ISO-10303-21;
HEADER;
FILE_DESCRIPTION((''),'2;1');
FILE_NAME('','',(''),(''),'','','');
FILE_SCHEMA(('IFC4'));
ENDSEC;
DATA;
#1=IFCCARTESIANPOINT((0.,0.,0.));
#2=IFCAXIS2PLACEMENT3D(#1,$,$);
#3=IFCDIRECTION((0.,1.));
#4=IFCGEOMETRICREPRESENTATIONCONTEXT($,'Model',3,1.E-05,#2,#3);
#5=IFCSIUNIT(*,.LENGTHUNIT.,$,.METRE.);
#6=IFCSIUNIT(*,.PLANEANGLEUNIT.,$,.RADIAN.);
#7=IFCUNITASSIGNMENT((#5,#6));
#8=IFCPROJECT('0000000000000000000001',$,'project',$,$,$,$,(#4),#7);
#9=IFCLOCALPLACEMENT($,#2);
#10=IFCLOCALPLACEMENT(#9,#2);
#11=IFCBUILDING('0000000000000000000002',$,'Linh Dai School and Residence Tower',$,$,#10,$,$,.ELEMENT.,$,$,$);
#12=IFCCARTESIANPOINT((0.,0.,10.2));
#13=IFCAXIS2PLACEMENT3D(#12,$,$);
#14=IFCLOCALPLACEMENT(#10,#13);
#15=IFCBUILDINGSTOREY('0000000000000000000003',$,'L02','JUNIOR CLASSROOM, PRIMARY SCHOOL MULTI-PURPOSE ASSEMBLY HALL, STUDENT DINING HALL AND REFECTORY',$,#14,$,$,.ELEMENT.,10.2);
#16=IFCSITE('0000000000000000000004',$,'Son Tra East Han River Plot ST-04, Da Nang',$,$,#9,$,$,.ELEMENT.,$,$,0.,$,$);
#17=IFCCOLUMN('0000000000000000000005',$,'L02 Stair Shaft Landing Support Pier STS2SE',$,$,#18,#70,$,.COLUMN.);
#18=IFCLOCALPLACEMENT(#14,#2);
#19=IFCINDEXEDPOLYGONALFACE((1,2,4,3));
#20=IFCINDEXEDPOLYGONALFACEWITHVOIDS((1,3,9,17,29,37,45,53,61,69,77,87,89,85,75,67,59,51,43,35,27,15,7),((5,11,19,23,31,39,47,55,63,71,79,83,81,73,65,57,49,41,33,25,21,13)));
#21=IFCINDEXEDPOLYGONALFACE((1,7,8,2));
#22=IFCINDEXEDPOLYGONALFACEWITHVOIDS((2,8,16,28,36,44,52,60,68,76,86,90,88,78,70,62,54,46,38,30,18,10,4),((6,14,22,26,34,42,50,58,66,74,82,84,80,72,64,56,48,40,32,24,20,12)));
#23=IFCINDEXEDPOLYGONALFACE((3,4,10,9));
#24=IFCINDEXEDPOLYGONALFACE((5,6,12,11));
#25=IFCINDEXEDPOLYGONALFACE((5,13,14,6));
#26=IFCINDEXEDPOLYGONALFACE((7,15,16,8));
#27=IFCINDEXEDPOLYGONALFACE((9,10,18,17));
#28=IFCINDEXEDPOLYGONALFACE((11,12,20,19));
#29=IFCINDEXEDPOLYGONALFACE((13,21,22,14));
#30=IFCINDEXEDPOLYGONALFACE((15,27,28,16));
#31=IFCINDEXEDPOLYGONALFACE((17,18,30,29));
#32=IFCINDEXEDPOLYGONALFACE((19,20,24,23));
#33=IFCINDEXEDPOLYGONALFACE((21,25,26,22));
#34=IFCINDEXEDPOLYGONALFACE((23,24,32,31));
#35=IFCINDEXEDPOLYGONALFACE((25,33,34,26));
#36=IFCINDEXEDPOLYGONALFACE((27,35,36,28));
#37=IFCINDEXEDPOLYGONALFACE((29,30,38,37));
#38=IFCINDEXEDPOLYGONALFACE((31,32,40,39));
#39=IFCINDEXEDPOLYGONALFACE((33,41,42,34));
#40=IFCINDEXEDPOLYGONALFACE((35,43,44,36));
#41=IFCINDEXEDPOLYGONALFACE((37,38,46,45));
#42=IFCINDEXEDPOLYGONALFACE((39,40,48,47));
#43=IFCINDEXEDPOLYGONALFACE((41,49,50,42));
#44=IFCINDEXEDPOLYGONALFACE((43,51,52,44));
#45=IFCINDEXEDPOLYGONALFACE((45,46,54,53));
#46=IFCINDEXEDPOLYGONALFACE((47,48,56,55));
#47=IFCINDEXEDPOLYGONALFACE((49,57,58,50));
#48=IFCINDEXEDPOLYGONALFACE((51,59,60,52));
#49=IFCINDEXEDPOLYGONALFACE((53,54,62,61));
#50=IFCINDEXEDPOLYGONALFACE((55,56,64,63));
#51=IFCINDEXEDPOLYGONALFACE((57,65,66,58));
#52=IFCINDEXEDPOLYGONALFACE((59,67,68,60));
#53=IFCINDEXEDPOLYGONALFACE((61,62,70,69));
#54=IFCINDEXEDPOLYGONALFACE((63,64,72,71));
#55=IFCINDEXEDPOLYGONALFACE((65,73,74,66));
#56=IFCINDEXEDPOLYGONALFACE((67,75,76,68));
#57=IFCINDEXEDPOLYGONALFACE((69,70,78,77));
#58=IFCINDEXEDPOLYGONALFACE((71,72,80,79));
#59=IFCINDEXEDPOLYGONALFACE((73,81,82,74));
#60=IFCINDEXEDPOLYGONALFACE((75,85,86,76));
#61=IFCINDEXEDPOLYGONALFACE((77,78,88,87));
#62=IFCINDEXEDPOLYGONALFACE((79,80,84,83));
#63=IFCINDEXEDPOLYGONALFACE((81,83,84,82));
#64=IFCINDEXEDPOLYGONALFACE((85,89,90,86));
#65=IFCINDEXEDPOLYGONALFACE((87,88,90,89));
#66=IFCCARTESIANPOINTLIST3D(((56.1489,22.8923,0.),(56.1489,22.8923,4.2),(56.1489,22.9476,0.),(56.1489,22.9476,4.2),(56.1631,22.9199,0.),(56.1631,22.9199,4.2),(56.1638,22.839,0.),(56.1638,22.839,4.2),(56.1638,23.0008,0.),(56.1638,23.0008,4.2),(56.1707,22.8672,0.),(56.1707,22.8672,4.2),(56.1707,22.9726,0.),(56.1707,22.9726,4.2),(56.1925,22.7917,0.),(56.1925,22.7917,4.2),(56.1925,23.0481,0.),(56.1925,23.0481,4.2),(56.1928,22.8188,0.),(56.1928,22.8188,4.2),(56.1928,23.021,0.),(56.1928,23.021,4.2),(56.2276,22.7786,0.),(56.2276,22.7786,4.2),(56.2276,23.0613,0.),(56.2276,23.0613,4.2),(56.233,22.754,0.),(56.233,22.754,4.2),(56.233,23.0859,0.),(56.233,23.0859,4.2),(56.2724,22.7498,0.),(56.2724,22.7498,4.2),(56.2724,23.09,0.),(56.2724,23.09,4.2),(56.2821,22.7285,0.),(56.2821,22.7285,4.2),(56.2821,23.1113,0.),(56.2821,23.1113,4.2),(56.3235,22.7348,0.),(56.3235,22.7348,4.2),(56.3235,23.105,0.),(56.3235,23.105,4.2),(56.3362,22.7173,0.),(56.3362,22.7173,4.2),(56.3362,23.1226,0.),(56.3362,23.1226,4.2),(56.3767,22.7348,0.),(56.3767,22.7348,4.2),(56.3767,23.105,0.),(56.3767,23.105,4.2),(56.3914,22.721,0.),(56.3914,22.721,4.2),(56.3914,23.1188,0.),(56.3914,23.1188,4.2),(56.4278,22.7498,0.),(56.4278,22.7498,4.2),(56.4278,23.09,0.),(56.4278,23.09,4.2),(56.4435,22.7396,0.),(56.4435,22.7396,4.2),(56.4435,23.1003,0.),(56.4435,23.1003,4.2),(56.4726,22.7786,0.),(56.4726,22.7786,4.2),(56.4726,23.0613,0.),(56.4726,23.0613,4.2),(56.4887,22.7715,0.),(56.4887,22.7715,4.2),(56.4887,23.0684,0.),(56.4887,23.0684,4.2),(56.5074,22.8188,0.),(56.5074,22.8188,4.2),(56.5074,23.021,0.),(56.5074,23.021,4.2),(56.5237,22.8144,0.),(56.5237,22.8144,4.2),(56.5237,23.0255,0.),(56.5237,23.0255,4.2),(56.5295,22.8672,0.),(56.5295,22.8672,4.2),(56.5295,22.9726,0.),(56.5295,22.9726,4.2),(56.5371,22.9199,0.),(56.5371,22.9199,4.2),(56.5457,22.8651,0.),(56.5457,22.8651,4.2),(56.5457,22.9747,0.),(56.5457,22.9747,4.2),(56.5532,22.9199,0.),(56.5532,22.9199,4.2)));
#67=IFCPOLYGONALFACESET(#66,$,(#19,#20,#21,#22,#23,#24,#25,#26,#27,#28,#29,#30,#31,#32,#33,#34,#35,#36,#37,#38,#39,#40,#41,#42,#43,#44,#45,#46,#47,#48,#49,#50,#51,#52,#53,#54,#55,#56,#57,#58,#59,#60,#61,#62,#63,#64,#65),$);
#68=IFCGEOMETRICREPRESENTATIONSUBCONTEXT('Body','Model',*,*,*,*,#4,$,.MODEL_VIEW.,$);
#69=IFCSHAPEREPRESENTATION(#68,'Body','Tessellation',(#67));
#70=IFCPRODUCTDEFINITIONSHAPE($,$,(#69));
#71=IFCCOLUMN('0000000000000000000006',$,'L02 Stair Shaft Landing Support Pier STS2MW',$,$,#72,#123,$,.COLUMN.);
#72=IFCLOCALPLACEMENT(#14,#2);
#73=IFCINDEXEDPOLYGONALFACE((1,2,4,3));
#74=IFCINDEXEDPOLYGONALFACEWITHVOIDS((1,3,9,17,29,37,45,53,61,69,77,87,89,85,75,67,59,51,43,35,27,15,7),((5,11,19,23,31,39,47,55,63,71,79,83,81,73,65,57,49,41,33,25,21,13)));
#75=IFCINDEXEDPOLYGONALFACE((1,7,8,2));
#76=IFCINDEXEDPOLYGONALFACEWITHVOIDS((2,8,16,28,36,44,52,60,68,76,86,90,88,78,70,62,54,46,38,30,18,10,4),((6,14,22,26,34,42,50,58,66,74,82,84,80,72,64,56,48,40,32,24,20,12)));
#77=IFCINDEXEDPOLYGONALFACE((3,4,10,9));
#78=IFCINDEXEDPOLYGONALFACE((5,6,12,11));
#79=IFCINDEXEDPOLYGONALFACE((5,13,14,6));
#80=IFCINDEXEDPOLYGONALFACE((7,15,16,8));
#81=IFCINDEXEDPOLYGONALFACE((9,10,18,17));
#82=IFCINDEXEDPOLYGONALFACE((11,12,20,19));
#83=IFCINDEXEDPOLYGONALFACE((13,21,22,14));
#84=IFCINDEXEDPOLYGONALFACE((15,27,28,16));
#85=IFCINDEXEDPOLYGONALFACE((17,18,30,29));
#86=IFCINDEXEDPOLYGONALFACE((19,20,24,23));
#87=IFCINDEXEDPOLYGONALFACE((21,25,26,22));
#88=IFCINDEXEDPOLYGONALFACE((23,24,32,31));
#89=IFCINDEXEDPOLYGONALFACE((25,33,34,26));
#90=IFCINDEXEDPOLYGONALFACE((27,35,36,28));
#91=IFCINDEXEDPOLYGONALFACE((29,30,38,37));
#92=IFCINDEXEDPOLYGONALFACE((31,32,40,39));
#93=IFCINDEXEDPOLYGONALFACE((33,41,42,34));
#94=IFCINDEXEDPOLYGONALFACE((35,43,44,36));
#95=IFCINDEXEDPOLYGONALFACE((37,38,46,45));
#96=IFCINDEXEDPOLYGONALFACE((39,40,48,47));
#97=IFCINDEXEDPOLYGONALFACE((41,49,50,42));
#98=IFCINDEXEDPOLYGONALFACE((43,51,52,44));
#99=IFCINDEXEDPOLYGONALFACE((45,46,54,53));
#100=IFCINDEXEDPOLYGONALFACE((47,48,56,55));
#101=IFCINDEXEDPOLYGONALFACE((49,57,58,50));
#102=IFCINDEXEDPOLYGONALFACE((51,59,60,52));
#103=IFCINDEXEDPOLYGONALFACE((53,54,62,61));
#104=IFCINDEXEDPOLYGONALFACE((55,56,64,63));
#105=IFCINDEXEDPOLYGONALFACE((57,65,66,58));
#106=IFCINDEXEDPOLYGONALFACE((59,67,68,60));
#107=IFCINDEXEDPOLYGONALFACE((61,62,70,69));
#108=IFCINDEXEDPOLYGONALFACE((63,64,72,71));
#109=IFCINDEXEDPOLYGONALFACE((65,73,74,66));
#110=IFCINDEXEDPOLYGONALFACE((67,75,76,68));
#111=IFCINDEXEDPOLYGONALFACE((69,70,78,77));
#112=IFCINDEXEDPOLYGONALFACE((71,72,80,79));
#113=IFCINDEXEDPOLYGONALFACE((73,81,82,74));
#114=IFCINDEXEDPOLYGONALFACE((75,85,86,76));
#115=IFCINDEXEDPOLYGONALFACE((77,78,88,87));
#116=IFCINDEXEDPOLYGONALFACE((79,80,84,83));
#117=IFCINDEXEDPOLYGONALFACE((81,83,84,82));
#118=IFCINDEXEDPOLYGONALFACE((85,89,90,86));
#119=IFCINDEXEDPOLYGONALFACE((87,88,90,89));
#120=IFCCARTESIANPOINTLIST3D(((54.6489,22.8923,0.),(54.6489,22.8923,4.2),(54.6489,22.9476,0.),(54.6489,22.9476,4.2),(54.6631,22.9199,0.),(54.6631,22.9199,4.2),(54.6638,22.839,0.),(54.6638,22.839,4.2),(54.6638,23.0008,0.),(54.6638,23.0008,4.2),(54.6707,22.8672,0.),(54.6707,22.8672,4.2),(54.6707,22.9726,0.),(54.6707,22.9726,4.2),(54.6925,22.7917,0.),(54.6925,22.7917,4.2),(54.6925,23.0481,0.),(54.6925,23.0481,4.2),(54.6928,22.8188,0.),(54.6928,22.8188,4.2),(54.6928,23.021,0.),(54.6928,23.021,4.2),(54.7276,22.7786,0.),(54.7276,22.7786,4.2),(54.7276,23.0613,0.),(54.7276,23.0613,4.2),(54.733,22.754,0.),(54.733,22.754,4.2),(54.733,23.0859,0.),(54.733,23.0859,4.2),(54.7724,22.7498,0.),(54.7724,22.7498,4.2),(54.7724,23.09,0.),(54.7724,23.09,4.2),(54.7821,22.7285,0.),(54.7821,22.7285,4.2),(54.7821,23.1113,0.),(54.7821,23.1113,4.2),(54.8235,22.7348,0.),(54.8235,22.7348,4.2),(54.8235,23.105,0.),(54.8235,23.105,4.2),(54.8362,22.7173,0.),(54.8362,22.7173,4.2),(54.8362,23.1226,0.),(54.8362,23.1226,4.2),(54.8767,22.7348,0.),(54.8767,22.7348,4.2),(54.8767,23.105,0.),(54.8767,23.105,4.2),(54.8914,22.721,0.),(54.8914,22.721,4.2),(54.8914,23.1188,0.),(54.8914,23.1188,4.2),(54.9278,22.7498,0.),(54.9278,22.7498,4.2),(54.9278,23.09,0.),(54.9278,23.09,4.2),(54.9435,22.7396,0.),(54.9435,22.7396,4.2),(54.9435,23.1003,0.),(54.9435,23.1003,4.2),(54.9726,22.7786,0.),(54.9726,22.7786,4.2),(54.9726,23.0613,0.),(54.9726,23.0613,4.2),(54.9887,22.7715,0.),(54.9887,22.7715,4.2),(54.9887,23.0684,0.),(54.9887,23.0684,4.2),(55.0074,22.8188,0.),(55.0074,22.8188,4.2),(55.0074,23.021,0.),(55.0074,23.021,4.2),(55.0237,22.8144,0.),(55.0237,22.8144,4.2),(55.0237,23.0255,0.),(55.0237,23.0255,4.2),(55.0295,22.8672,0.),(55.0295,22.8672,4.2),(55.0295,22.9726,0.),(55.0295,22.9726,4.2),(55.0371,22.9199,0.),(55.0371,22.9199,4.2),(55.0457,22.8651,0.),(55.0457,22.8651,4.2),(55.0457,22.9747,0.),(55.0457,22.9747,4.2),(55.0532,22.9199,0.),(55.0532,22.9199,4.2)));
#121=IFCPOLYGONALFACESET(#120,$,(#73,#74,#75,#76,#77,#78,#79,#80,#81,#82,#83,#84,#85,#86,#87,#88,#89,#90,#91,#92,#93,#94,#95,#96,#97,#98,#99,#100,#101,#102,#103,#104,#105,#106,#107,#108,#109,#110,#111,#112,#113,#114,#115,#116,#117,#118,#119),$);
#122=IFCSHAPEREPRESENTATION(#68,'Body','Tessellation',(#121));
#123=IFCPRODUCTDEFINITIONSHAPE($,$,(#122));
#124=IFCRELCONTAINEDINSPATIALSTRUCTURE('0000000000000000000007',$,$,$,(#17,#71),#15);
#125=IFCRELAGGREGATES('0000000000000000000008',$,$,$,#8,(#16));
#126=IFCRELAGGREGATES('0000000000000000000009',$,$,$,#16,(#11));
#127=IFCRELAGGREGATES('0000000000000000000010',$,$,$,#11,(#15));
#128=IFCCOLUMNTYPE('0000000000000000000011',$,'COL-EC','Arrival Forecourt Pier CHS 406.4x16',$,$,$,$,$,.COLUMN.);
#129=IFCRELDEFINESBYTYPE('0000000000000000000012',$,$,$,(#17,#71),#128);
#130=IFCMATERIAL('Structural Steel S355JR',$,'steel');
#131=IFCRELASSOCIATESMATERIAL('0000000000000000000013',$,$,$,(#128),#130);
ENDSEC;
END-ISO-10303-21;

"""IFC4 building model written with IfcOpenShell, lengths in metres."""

from ifc_helpers import new_model, si_unit, direction, frame, origin, origin_2d, place, context, subcontext, project, spatial, hollow_circle, extrude, material, material_profile, profile_set, type_object, element, save


model = new_model("IFC4")

# Units and contexts
model_context = context("Model", 3, precision=1e-05, world=origin(), true_north=direction((0.0, 1.0)))
body_context = subcontext(model_context, "Body", "Model", "MODEL_VIEW")
ifc_project = project(units=[si_unit("LENGTHUNIT", "METRE"), si_unit("PLANEANGLEUNIT", "RADIAN")], contexts=[model_context])

# Site, building, storey
site_placement = place(None, origin())
site = spatial("IfcSite", under=ifc_project, at=site_placement, Name="Son Tra East Han River Plot ST-04, Da Nang", CompositionType="ELEMENT", RefElevation=0.0)
building_placement = place(site_placement, origin())
building = spatial("IfcBuilding", under=site, at=building_placement, Name="Linh Dai School and Residence Tower", CompositionType="ELEMENT")
storey_placement = place(building_placement, frame((0.0, 0.0, 10.2)))
storey = spatial("IfcBuildingStorey", under=building, at=storey_placement, Name="L02", Description="JUNIOR CLASSROOM, PRIMARY SCHOOL MULTI-PURPOSE ASSEMBLY HALL, STUDENT DINING HALL AND REFECTORY", CompositionType="ELEMENT", Elevation=10.2)

# Columns
ifc_material_1 = material(Name="Structural Steel S355JR", Category="steel")
ifc_material_profile_1 = material_profile(ifc_material_1, hollow_circle(Radius=0.2031, WallThickness=0.0161, at=origin_2d()), Name="CHS 406.4x16")
ifc_profile_set_1 = profile_set([ifc_material_profile_1], Name="Structural Steel S355JR")
column_type_1 = type_object("IfcColumnType", Name="COL-EC", Description="Arrival Forecourt Pier CHS 406.4x16", PredefinedType="COLUMN", material=ifc_profile_set_1)
for number, where, z_axis, x_axis, name in (
    (1, (56.3501, 22.9199, 0.0), (0.0, 0.0, 1.0), (1.0, 0.0, 0.0), "L02 Stair Shaft Landing Support Pier STS2SE"),
    (2, (54.8501, 22.9199, 0.0), (0.0, 0.0, 1.0), (1.0, 0.0, 0.0), "L02 Stair Shaft Landing Support Pier STS2MW"),
):
    element("IfcColumn", number, at=place(storey_placement, frame(where, z_axis=z_axis, x_axis=x_axis)), inside=storey, type_object=column_type_1, Name=name, PredefinedType="COLUMN", context=body_context, shape_type="SweptSolid", body=[
        extrude(hollow_circle(Radius=0.2031, WallThickness=0.0161, at=origin_2d()), origin(), (0.0, 0.0, 1.0), 4.2),
    ])

save(model, "model.ifc")
